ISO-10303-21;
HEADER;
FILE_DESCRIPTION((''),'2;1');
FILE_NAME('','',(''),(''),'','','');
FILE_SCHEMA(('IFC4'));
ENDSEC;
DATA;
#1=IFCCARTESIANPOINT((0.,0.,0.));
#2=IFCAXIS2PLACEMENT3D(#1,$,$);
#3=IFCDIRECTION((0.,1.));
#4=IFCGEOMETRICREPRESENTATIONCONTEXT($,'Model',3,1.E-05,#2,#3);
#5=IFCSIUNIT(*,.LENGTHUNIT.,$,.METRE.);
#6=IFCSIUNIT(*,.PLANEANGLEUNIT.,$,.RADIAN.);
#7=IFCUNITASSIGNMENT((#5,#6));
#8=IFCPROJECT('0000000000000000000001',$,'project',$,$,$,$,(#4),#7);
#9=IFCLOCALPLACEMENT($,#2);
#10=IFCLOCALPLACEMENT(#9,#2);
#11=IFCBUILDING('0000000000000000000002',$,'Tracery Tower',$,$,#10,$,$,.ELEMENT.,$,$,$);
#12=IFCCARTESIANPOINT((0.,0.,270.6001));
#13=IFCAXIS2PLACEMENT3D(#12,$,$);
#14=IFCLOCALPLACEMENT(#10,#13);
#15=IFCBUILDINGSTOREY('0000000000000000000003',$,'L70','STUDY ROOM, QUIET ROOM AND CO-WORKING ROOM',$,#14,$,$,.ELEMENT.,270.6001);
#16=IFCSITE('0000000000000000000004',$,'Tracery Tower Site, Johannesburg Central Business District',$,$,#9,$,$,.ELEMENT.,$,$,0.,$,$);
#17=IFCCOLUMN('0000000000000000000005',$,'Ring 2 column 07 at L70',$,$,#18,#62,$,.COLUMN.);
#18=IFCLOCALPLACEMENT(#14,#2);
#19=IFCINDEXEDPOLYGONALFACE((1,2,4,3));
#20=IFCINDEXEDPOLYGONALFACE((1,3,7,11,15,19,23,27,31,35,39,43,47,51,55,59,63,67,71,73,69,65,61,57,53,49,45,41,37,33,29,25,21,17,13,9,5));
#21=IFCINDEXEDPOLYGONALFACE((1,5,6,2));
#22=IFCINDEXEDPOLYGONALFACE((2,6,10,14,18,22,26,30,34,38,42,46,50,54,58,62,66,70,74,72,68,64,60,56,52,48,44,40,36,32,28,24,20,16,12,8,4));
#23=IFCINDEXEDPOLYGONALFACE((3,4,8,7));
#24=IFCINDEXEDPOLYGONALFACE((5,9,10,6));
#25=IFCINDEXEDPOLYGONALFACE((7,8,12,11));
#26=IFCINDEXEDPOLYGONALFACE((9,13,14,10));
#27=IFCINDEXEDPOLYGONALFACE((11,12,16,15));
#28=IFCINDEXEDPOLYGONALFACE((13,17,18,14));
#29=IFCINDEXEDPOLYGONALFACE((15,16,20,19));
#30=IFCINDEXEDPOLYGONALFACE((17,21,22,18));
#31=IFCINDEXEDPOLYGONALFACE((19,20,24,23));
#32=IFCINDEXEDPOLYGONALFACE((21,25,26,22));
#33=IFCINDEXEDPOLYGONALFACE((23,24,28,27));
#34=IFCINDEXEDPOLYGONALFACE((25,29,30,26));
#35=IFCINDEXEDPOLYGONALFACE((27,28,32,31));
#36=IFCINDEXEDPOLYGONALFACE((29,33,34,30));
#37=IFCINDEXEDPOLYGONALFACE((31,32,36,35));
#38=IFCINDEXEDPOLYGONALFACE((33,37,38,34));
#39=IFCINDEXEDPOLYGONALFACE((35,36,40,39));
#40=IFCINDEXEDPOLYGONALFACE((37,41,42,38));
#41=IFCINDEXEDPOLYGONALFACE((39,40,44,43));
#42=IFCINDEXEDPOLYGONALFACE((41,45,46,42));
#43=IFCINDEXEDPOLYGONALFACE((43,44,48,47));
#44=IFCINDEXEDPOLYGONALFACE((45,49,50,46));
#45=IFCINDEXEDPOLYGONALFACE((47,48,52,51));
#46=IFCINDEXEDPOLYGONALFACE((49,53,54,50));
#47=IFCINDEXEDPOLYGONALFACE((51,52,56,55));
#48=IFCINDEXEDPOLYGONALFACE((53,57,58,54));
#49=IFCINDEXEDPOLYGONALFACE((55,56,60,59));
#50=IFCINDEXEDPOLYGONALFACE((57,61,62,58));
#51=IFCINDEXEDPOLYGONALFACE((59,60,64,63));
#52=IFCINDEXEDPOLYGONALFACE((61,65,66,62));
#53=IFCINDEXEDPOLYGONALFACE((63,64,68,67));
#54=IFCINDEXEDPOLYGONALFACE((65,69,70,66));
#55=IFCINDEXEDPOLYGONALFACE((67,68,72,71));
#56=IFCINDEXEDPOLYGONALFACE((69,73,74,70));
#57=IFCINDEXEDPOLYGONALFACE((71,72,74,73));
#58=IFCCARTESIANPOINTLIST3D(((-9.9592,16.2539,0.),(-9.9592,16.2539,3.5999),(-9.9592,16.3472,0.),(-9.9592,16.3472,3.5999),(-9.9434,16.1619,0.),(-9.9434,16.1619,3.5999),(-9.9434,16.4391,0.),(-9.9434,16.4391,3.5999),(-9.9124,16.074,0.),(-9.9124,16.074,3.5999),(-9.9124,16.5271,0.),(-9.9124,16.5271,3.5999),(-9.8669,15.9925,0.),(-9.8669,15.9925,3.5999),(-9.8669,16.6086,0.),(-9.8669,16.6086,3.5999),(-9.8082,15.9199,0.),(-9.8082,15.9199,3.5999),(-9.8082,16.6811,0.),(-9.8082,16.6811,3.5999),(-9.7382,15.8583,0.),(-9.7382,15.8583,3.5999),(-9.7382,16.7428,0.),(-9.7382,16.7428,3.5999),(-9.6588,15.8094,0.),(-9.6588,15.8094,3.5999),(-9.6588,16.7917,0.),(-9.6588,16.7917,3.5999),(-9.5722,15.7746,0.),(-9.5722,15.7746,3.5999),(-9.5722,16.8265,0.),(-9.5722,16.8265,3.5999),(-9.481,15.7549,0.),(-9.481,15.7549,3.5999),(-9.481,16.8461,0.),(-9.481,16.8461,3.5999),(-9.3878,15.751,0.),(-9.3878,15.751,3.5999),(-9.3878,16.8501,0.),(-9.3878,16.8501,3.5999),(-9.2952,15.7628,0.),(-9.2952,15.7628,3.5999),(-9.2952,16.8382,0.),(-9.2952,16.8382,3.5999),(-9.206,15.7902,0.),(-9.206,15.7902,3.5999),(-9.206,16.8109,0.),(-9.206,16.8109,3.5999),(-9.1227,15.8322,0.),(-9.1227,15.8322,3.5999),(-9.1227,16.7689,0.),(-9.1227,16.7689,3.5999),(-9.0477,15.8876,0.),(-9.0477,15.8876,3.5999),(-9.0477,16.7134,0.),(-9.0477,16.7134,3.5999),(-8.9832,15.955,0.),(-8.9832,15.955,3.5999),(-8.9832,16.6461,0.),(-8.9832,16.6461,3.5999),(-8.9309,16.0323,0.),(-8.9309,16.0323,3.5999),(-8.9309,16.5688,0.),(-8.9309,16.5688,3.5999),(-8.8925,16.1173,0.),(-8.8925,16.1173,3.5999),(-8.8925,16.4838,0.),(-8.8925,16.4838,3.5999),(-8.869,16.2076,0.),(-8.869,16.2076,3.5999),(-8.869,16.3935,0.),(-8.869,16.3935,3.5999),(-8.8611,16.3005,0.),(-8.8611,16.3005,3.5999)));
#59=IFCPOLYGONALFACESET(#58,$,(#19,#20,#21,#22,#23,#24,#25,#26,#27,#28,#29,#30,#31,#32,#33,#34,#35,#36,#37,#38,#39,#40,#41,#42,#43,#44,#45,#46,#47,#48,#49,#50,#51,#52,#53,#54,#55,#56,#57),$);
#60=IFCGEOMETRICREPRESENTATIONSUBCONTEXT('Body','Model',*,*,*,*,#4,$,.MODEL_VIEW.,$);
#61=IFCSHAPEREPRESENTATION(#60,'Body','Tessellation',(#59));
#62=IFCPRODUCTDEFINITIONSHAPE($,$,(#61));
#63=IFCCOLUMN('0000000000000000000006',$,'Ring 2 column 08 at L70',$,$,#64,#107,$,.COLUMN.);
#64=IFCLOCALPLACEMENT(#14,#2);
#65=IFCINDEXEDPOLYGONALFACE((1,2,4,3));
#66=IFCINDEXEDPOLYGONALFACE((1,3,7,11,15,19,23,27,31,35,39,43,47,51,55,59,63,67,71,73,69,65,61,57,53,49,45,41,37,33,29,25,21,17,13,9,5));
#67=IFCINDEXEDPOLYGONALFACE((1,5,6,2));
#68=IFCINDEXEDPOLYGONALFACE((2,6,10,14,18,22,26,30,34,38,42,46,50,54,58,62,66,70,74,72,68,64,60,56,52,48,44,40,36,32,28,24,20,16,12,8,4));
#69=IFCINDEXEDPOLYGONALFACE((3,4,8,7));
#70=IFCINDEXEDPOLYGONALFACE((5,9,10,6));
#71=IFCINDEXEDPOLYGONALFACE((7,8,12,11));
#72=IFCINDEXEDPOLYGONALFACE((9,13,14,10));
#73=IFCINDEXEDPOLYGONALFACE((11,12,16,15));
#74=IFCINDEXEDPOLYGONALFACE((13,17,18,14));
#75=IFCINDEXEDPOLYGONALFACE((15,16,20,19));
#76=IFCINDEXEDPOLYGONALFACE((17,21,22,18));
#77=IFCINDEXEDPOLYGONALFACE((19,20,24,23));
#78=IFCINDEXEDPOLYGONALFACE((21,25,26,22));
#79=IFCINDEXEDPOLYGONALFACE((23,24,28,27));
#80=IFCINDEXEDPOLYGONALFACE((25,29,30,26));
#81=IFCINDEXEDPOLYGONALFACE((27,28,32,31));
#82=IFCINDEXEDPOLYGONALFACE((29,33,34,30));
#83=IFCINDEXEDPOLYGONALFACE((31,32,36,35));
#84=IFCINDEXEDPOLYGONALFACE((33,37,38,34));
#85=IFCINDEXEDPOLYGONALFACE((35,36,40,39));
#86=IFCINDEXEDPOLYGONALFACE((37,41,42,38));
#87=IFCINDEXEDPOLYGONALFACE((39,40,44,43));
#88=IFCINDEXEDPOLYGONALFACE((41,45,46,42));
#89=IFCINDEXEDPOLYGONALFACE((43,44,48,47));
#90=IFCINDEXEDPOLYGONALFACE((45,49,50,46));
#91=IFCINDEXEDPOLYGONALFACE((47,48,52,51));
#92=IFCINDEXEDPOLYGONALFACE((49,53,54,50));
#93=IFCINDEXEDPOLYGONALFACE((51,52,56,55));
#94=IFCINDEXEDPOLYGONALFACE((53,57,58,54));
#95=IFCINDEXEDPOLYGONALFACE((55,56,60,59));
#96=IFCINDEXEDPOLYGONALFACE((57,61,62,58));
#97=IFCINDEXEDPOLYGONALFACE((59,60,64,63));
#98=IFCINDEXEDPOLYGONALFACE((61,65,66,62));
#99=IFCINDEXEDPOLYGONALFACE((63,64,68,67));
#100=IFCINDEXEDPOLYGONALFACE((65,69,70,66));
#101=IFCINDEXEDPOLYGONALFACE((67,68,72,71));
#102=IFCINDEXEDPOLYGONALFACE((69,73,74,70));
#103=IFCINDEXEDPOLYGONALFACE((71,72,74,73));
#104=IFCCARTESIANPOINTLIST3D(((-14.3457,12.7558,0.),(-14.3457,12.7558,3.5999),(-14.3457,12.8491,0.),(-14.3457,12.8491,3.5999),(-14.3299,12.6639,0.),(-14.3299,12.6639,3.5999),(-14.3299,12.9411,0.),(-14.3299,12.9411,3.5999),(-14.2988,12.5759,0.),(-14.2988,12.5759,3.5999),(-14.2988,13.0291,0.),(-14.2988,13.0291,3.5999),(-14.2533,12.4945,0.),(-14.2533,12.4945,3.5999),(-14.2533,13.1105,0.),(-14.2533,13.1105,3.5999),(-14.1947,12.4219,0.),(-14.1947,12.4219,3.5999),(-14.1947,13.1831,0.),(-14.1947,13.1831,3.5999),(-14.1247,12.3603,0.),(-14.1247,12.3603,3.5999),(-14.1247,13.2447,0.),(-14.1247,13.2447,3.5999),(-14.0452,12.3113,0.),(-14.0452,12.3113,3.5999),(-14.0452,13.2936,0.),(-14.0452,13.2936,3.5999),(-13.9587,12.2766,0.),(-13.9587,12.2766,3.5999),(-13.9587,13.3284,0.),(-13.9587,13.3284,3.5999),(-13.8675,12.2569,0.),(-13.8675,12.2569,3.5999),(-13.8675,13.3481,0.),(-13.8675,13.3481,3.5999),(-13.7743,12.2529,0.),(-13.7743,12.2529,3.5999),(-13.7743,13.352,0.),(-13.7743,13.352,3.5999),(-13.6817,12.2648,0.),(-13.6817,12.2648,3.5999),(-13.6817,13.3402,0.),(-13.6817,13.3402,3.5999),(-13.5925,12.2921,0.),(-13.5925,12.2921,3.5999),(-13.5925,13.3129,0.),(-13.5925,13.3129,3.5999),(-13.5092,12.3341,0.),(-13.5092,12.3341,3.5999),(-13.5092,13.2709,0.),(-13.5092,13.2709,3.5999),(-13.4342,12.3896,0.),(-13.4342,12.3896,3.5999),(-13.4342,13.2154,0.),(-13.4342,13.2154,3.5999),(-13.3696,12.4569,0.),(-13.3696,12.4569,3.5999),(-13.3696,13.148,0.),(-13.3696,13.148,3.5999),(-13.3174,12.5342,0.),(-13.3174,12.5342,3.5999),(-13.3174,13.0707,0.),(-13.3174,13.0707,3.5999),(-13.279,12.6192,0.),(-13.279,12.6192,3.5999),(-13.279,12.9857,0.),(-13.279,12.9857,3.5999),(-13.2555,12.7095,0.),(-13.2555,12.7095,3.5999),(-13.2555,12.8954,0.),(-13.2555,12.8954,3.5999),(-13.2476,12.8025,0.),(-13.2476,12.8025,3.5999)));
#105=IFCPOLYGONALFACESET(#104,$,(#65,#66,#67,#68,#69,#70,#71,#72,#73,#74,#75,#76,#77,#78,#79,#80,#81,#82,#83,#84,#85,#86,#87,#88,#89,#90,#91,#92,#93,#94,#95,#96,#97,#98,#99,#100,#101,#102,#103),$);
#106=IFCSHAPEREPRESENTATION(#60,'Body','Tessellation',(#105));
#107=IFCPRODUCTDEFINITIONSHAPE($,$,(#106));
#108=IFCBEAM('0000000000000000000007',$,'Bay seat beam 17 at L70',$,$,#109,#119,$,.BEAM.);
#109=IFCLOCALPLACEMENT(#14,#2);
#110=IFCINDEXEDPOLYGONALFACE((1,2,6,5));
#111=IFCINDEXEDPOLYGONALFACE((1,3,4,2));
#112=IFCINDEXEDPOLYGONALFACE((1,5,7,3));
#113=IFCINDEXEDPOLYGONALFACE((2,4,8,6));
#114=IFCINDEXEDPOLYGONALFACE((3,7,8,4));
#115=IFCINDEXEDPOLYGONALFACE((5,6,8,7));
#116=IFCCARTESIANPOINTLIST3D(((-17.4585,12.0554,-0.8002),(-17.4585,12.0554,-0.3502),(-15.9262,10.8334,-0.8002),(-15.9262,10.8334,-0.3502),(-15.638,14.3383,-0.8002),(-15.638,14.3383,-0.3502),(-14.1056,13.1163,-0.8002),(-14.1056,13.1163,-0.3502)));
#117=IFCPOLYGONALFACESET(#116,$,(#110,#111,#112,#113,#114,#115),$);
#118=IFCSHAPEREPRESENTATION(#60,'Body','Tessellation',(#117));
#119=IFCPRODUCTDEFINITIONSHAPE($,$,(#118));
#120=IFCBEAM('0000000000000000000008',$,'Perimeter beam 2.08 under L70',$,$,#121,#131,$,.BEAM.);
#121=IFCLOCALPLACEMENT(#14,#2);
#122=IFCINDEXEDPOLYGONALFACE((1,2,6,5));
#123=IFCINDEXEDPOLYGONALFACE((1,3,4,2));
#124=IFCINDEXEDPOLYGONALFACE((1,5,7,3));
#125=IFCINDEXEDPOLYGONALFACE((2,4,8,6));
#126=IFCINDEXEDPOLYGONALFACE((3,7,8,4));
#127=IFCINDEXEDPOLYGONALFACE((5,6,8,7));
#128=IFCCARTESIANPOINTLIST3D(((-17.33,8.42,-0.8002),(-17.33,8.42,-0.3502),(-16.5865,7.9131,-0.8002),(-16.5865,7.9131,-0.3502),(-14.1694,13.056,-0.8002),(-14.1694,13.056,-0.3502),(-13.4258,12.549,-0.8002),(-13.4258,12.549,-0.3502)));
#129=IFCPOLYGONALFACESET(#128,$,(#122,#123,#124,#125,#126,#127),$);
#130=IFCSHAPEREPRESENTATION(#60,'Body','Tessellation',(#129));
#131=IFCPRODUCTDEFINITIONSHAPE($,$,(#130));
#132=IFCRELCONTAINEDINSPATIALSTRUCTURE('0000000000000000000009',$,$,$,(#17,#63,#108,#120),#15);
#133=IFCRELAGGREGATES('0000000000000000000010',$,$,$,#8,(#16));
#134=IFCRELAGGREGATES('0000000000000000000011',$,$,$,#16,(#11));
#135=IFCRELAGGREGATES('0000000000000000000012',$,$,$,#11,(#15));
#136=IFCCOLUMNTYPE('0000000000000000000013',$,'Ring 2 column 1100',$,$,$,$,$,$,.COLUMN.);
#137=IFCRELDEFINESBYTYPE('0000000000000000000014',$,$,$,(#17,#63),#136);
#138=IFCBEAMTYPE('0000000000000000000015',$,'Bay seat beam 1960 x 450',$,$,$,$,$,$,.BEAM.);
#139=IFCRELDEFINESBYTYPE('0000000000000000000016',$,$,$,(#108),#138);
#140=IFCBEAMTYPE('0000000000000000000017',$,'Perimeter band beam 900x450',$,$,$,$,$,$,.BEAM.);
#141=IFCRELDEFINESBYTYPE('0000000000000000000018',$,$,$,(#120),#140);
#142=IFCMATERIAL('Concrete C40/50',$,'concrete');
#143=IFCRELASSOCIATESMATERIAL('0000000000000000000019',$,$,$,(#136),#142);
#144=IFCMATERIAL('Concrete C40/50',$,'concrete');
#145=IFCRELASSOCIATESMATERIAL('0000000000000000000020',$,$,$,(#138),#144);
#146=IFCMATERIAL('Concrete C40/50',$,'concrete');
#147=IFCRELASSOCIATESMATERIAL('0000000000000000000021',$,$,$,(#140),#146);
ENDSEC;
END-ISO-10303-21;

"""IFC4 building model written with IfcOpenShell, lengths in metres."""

from ifc_helpers import new_model, si_unit, direction, frame, origin, origin_2d, place, context, subcontext, project, spatial, rectangle, circle, extrude, material, material_profile, profile_set, type_object, element, save


model = new_model("IFC4")

# Units and contexts
model_context = context("Model", 3, precision=1e-05, world=origin(), true_north=direction((0.0, 1.0)))
body_context = subcontext(model_context, "Body", "Model", "MODEL_VIEW")
ifc_project = project(units=[si_unit("LENGTHUNIT", "METRE"), si_unit("PLANEANGLEUNIT", "RADIAN")], contexts=[model_context])

# Site, building, storey
site_placement = place(None, origin())
site = spatial("IfcSite", under=ifc_project, at=site_placement, Name="Tracery Tower Site, Johannesburg Central Business District", CompositionType="ELEMENT", RefElevation=0.0)
building_placement = place(site_placement, origin())
building = spatial("IfcBuilding", under=site, at=building_placement, Name="Tracery Tower", CompositionType="ELEMENT")
storey_placement = place(building_placement, frame((0.0, 0.0, 270.6001)))
storey = spatial("IfcBuildingStorey", under=building, at=storey_placement, Name="L70", Description="STUDY ROOM, QUIET ROOM AND CO-WORKING ROOM", CompositionType="ELEMENT", Elevation=270.6001)

# Columns
ifc_material_1 = material(Name="Concrete C40/50", Category="concrete")
ifc_material_profile_1 = material_profile(ifc_material_1, circle(Radius=0.55, at=origin_2d()), Name="RC D1100")
ifc_profile_set_1 = profile_set([ifc_material_profile_1], Name="Concrete C40/50")
column_type = type_object("IfcColumnType", Name="Ring 2 column 1100", PredefinedType="COLUMN", material=ifc_profile_set_1)
for number, where, z_axis, x_axis, name in (
    (1, (-9.4111, 16.3005, 0.0), (0.0, 0.0, 1.0), (1.0, 0.0, 0.0), "Ring 2 column 07 at L70"),
    (2, (-13.7976, 12.8025, 0.0), (0.0, 0.0, 1.0), (1.0, 0.0, 0.0), "Ring 2 column 08 at L70"),
):
    element("IfcColumn", number, at=place(storey_placement, frame(where, z_axis=z_axis, x_axis=x_axis)), inside=storey, type_object=column_type, Name=name, PredefinedType="COLUMN", context=body_context, shape_type="SweptSolid", body=[
        extrude(circle(Radius=0.55, at=origin_2d()), origin(), (0.0, 0.0, 1.0), 3.5999),
    ])

# Beams
ifc_material_2 = material(Name="Concrete C40/50", Category="concrete")
ifc_material_profile_2 = material_profile(ifc_material_2, rectangle(XDim=1.96, YDim=0.45, at=origin_2d()), Name="RC 1960x450")
ifc_profile_set_2 = profile_set([ifc_material_profile_2], Name="Concrete C40/50")
beam_type_1 = type_object("IfcBeamType", Name="Bay seat beam 1960 x 450", PredefinedType="BEAM", material=ifc_profile_set_2)
beam_1_placement = place(storey_placement, frame((-14.8718, 13.7273, -0.5752), z_axis=(-0.623481, -0.781839, 0.0), x_axis=(0.781839, -0.623481, 0.0)))
element("IfcBeam", 3, at=beam_1_placement, inside=storey, type_object=beam_type_1, Name="Bay seat beam 17 at L70", PredefinedType="BEAM", context=body_context, shape_type="SweptSolid", body=[
    extrude(rectangle(XDim=1.96, YDim=0.45, at=origin_2d()), origin(), (0.0, 0.0, 1.0), 2.9199),
])
ifc_material_3 = material(Name="Concrete C40/50", Category="concrete")
ifc_material_profile_3 = material_profile(ifc_material_3, rectangle(XDim=0.8999, YDim=0.45, at=origin_2d()), Name="RC 900x450")
ifc_profile_set_3 = profile_set([ifc_material_profile_3], Name="Concrete C40/50")
beam_type_2 = type_object("IfcBeamType", Name="Perimeter band beam 900x450", PredefinedType="BEAM", material=ifc_profile_set_3)
beam_2_placement = place(storey_placement, frame((-13.7976, 12.8025, -0.5752), z_axis=(-0.563306, -0.826249, 0.0), x_axis=(0.826249, -0.563306, 0.0)))
element("IfcBeam", 4, at=beam_2_placement, inside=storey, type_object=beam_type_2, Name="Perimeter beam 2.08 under L70", PredefinedType="BEAM", context=body_context, shape_type="SweptSolid", body=[
    extrude(rectangle(XDim=0.8999, YDim=0.45, at=origin_2d()), origin(), (0.0, 0.0, 1.0), 5.6108),
])

save(model, "model.ifc")
